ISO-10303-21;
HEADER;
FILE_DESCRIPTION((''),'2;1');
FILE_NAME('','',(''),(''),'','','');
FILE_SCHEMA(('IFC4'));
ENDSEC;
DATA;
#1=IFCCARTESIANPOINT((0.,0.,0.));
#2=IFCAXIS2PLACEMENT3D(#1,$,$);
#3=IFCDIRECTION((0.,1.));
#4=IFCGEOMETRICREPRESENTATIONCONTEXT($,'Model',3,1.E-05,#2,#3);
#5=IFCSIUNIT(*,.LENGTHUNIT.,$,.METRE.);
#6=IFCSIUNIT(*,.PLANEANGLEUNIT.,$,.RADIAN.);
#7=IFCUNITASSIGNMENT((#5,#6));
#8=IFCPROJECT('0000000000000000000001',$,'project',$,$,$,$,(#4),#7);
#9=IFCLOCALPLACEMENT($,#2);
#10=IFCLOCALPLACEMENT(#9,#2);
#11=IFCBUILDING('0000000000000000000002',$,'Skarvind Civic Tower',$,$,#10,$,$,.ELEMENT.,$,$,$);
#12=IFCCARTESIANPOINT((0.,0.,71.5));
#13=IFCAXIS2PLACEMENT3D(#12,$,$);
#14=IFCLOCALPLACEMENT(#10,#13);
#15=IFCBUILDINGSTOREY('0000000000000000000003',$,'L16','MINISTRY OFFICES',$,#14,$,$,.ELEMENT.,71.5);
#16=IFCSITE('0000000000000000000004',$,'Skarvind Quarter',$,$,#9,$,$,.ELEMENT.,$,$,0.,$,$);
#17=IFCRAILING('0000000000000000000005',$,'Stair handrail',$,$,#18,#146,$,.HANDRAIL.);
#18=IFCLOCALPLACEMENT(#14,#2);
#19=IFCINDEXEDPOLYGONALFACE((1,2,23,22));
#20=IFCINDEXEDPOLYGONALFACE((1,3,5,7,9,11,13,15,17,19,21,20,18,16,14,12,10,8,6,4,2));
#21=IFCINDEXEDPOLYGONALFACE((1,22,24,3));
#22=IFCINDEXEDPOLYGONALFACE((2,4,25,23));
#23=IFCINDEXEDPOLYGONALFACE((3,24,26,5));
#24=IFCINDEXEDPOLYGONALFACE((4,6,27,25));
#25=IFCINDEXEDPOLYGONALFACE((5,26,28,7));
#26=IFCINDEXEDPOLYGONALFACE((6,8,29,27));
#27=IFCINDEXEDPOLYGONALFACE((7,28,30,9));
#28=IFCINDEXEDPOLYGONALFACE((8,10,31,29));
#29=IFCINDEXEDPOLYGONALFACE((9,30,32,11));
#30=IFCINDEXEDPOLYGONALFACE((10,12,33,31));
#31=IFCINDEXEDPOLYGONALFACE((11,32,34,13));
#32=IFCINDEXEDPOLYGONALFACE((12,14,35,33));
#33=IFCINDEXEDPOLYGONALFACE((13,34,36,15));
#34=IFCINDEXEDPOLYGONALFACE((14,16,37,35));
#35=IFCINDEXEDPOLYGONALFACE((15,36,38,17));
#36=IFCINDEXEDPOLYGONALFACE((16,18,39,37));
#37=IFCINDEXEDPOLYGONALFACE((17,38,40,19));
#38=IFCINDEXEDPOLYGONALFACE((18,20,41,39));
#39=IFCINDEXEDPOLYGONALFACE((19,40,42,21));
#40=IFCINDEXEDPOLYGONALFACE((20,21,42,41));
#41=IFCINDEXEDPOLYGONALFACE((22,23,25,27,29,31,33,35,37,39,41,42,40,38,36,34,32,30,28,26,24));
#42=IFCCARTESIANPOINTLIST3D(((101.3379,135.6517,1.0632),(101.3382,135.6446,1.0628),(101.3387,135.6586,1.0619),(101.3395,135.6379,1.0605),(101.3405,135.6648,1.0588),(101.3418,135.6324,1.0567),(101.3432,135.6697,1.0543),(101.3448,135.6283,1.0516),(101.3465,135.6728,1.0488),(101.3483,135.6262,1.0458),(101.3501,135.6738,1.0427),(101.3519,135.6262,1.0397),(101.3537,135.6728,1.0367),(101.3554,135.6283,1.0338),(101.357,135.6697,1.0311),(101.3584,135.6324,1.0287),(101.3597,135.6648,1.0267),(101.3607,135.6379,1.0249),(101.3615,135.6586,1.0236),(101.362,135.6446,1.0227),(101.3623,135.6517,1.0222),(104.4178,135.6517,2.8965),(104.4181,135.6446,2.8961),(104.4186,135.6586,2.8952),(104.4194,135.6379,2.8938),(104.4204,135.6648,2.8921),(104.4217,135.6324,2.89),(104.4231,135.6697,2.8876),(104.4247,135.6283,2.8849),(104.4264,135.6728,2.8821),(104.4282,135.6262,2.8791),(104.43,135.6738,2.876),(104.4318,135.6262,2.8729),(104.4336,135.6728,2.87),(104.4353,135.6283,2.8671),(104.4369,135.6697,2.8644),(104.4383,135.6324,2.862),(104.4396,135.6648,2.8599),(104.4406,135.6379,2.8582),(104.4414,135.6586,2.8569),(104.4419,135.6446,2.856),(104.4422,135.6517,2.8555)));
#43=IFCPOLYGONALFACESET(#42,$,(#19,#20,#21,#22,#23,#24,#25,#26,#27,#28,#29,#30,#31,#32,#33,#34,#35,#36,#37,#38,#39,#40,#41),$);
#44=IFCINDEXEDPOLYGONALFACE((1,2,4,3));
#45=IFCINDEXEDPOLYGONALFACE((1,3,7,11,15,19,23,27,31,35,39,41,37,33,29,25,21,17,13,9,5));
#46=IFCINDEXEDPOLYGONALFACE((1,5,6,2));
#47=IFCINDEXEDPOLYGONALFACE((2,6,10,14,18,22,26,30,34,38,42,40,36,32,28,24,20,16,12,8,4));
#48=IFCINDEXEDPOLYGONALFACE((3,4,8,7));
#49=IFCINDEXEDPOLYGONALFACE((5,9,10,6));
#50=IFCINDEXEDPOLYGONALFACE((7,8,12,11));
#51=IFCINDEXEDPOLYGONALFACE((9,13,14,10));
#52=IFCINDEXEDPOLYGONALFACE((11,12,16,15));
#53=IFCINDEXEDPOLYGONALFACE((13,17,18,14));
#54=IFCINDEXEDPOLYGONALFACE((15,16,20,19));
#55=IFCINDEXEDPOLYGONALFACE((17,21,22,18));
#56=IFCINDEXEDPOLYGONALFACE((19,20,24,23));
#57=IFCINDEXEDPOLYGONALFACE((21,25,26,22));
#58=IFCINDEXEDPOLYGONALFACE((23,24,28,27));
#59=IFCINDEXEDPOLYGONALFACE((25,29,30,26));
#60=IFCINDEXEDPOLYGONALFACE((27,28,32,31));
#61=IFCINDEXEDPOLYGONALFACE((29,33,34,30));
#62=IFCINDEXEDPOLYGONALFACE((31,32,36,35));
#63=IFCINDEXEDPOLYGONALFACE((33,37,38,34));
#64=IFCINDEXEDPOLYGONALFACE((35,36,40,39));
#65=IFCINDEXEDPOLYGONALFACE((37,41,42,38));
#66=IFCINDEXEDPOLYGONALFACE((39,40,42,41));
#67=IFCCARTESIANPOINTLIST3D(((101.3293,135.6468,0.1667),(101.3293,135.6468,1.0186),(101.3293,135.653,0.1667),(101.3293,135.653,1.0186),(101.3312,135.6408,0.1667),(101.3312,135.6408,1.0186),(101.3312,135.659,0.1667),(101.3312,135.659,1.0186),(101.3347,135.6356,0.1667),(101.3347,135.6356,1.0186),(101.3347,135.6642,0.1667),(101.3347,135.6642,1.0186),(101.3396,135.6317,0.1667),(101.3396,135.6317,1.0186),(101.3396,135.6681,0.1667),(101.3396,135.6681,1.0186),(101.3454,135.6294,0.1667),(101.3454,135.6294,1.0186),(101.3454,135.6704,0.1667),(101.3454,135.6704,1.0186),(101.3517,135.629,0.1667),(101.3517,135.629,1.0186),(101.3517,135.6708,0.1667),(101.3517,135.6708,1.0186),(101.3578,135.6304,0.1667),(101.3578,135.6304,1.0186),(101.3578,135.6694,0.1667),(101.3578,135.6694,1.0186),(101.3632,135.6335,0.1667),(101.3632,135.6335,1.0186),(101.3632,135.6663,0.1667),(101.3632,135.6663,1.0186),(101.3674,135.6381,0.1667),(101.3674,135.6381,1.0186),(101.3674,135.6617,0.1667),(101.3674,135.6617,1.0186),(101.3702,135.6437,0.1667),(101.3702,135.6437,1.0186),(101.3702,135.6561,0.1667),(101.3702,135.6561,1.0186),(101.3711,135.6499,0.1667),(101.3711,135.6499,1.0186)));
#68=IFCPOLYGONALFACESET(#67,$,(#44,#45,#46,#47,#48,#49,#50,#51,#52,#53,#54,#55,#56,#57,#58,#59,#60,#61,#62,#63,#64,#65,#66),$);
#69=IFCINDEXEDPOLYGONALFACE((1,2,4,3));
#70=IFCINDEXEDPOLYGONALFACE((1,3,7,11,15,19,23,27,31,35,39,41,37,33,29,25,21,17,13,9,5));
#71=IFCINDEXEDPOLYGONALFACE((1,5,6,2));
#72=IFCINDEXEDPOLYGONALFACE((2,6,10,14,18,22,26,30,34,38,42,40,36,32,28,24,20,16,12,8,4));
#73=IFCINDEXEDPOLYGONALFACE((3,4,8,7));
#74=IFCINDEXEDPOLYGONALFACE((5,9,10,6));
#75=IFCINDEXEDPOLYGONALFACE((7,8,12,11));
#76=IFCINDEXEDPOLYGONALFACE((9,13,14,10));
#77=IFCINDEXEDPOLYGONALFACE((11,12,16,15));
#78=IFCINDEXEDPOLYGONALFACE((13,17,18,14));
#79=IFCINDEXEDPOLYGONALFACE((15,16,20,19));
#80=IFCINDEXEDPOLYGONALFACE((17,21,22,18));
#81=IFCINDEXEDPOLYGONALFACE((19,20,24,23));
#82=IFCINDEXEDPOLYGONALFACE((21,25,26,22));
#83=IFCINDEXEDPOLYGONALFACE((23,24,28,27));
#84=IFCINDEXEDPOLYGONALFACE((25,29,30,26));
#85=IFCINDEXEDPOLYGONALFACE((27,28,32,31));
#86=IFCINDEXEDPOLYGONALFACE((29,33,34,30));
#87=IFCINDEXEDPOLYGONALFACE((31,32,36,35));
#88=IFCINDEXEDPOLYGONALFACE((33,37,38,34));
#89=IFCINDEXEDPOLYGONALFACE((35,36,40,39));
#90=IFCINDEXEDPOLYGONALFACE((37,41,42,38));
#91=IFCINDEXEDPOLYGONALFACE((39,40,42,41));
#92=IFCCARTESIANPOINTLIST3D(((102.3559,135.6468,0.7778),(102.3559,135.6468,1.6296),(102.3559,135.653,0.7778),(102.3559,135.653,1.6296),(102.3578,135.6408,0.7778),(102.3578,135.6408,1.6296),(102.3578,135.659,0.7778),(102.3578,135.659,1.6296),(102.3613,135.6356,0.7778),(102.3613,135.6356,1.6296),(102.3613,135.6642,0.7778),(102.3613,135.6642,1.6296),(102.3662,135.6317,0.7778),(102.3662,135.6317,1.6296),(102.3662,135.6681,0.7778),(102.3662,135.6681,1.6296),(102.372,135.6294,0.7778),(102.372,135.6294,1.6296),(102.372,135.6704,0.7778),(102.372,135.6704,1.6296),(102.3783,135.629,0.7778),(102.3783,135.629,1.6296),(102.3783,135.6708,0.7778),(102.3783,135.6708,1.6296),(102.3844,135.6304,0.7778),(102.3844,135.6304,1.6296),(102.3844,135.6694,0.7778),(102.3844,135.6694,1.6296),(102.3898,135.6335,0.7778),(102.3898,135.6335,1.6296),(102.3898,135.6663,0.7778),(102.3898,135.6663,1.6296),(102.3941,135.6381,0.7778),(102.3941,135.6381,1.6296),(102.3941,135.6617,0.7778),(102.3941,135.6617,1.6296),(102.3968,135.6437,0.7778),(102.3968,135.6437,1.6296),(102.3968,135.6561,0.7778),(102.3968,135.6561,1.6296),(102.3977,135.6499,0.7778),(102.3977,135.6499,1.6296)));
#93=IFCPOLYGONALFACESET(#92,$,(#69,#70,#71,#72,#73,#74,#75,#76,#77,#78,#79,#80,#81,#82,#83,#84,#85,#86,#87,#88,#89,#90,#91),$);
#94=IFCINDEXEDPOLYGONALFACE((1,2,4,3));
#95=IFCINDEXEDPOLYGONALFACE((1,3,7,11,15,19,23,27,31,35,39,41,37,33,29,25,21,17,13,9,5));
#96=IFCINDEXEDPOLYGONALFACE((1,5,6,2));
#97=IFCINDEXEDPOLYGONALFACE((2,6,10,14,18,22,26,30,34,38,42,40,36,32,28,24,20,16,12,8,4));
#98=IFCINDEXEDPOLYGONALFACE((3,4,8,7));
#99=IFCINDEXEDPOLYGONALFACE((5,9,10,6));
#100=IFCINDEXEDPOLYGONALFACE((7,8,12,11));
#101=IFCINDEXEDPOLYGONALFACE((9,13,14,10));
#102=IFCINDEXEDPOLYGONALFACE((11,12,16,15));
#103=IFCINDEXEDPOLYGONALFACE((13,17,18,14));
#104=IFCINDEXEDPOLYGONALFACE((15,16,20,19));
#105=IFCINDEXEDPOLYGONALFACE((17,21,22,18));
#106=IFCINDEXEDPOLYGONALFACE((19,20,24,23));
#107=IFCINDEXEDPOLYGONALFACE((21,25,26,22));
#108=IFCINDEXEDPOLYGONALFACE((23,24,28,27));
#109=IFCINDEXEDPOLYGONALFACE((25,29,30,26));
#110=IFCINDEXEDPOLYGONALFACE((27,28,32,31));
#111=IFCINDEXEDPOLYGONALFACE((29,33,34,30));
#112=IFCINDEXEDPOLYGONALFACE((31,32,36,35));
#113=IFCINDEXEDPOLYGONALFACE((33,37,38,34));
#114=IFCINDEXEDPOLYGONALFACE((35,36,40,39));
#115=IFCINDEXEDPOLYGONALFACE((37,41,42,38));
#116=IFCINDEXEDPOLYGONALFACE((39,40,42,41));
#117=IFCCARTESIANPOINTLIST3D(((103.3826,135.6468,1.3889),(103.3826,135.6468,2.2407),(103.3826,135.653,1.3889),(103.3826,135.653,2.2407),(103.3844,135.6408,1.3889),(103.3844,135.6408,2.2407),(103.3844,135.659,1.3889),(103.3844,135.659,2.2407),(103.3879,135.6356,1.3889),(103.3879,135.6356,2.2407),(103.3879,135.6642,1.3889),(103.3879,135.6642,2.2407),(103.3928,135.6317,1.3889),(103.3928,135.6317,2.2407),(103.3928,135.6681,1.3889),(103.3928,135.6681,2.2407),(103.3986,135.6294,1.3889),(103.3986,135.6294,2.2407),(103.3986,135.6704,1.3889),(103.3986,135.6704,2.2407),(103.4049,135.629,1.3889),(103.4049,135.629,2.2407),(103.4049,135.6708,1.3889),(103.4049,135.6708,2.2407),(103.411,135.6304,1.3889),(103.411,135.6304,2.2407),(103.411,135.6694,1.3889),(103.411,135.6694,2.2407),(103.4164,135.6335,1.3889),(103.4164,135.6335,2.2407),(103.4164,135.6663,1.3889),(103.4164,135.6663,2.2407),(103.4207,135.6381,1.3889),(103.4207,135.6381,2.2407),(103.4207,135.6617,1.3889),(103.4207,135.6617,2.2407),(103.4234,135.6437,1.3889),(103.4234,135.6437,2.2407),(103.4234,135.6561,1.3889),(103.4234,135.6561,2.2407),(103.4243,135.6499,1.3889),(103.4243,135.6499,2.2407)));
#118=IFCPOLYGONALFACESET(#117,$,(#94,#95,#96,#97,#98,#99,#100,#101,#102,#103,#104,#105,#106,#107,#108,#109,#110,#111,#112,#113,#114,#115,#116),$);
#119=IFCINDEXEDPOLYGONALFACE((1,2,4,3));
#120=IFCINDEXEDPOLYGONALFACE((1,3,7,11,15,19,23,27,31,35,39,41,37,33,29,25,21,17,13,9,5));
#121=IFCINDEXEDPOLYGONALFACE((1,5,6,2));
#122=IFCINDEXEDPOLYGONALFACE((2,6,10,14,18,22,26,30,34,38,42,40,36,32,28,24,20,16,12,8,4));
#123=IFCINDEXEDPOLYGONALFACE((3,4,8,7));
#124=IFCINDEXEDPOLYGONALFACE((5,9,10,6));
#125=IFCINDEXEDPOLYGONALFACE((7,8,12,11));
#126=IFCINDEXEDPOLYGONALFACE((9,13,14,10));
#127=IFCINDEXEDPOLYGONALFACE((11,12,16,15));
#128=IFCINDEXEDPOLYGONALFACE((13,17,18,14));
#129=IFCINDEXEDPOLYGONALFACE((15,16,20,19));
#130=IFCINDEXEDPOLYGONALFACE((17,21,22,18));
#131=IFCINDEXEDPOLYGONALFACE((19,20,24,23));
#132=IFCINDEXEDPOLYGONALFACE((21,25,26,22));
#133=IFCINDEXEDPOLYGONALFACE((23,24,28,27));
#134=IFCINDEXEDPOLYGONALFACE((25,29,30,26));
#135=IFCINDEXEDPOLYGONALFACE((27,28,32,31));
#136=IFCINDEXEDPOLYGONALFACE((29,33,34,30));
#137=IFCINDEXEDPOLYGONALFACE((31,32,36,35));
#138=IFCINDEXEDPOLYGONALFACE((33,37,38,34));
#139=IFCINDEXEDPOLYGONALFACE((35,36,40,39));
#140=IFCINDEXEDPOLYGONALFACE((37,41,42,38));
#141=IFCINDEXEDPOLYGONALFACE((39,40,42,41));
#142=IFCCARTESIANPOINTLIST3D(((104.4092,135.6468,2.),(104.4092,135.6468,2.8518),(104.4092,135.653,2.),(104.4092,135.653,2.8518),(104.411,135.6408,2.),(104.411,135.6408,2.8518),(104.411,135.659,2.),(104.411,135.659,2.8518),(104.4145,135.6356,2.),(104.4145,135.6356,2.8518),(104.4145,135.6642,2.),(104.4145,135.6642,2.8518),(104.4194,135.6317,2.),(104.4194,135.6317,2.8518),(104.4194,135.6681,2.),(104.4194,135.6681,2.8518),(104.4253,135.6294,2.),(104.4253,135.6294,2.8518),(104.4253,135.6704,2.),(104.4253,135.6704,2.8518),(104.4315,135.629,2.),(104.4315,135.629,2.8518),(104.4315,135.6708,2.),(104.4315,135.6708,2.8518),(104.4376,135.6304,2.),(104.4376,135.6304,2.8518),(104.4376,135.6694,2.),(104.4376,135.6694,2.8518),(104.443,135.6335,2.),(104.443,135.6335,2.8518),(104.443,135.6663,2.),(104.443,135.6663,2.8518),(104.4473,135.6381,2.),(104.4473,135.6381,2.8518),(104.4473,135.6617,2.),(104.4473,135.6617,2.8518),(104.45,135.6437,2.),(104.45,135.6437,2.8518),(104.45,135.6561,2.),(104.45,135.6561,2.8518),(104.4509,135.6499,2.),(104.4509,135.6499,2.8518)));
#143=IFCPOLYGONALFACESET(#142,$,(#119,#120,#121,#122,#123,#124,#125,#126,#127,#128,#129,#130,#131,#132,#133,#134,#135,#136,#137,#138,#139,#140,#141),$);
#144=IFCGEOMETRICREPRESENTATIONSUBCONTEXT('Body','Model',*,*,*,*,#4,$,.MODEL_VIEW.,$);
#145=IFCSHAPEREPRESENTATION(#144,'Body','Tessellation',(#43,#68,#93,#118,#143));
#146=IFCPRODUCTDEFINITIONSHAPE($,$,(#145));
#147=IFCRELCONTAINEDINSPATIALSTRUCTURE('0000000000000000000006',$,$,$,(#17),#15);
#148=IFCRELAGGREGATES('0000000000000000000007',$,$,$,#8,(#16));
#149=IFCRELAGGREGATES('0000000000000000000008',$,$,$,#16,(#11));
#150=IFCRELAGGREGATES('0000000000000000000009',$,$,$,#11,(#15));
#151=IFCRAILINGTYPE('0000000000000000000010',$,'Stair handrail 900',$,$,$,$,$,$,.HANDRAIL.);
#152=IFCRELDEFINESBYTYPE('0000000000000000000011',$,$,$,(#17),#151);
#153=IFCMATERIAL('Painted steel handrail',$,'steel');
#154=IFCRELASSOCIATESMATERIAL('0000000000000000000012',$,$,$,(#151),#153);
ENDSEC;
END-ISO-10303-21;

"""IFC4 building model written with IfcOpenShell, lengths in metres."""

from ifc_helpers import new_model, si_unit, direction, frame, origin, origin_2d, place, context, subcontext, project, spatial, circle, extrude, material, type_object, element, save


model = new_model("IFC4")

# Units and contexts
model_context = context("Model", 3, precision=1e-05, world=origin(), true_north=direction((0.0, 1.0)))
body_context = subcontext(model_context, "Body", "Model", "MODEL_VIEW")
ifc_project = project(units=[si_unit("LENGTHUNIT", "METRE"), si_unit("PLANEANGLEUNIT", "RADIAN")], contexts=[model_context])

# Site, building, storey
site_placement = place(None, origin())
site = spatial("IfcSite", under=ifc_project, at=site_placement, Name="Skarvind Quarter", CompositionType="ELEMENT", RefElevation=0.0)
building_placement = place(site_placement, origin())
building = spatial("IfcBuilding", under=site, at=building_placement, Name="Skarvind Civic Tower", CompositionType="ELEMENT")
storey_placement = place(building_placement, frame((0.0, 0.0, 71.5)))
storey = spatial("IfcBuildingStorey", under=building, at=storey_placement, Name="L16", Description="MINISTRY OFFICES", CompositionType="ELEMENT", Elevation=71.5)

# Railing
ifc_material_1 = material(Name="Painted steel handrail", Category="steel")
railing_type = type_object("IfcRailingType", Name="Stair handrail 900", PredefinedType="HANDRAIL", material=ifc_material_1)
railing_1_placement = place(storey_placement, frame((101.3501, 135.6499, 0.1667)))
element("IfcRailing", 1, at=railing_1_placement, inside=storey, type_object=railing_type, Name="Stair handrail", PredefinedType="HANDRAIL", context=body_context, shape_type="SweptSolid", body=[
    extrude(circle(Radius=0.0239, at=origin_2d()), frame((0.0, 0.0, 0.876), z_axis=(0.859291, 0.0, 0.511487), x_axis=(0.0, 1.0, 0.0)), (0.0, 0.0, 1.0), 3.5842),
    extrude(circle(Radius=0.021, at=origin_2d()), origin(), (0.0, 0.0, 1.0), 0.8518),
    extrude(circle(Radius=0.021, at=origin_2d()), frame((1.0266, 0.0, 0.6111)), (0.0, 0.0, 1.0), 0.8518),
    extrude(circle(Radius=0.021, at=origin_2d()), frame((2.0532, 0.0, 1.2222)), (0.0, 0.0, 1.0), 0.8518),
    extrude(circle(Radius=0.021, at=origin_2d()), frame((3.0798, 0.0, 1.8333)), (0.0, 0.0, 1.0), 0.8518),
])

save(model, "model.ifc")
